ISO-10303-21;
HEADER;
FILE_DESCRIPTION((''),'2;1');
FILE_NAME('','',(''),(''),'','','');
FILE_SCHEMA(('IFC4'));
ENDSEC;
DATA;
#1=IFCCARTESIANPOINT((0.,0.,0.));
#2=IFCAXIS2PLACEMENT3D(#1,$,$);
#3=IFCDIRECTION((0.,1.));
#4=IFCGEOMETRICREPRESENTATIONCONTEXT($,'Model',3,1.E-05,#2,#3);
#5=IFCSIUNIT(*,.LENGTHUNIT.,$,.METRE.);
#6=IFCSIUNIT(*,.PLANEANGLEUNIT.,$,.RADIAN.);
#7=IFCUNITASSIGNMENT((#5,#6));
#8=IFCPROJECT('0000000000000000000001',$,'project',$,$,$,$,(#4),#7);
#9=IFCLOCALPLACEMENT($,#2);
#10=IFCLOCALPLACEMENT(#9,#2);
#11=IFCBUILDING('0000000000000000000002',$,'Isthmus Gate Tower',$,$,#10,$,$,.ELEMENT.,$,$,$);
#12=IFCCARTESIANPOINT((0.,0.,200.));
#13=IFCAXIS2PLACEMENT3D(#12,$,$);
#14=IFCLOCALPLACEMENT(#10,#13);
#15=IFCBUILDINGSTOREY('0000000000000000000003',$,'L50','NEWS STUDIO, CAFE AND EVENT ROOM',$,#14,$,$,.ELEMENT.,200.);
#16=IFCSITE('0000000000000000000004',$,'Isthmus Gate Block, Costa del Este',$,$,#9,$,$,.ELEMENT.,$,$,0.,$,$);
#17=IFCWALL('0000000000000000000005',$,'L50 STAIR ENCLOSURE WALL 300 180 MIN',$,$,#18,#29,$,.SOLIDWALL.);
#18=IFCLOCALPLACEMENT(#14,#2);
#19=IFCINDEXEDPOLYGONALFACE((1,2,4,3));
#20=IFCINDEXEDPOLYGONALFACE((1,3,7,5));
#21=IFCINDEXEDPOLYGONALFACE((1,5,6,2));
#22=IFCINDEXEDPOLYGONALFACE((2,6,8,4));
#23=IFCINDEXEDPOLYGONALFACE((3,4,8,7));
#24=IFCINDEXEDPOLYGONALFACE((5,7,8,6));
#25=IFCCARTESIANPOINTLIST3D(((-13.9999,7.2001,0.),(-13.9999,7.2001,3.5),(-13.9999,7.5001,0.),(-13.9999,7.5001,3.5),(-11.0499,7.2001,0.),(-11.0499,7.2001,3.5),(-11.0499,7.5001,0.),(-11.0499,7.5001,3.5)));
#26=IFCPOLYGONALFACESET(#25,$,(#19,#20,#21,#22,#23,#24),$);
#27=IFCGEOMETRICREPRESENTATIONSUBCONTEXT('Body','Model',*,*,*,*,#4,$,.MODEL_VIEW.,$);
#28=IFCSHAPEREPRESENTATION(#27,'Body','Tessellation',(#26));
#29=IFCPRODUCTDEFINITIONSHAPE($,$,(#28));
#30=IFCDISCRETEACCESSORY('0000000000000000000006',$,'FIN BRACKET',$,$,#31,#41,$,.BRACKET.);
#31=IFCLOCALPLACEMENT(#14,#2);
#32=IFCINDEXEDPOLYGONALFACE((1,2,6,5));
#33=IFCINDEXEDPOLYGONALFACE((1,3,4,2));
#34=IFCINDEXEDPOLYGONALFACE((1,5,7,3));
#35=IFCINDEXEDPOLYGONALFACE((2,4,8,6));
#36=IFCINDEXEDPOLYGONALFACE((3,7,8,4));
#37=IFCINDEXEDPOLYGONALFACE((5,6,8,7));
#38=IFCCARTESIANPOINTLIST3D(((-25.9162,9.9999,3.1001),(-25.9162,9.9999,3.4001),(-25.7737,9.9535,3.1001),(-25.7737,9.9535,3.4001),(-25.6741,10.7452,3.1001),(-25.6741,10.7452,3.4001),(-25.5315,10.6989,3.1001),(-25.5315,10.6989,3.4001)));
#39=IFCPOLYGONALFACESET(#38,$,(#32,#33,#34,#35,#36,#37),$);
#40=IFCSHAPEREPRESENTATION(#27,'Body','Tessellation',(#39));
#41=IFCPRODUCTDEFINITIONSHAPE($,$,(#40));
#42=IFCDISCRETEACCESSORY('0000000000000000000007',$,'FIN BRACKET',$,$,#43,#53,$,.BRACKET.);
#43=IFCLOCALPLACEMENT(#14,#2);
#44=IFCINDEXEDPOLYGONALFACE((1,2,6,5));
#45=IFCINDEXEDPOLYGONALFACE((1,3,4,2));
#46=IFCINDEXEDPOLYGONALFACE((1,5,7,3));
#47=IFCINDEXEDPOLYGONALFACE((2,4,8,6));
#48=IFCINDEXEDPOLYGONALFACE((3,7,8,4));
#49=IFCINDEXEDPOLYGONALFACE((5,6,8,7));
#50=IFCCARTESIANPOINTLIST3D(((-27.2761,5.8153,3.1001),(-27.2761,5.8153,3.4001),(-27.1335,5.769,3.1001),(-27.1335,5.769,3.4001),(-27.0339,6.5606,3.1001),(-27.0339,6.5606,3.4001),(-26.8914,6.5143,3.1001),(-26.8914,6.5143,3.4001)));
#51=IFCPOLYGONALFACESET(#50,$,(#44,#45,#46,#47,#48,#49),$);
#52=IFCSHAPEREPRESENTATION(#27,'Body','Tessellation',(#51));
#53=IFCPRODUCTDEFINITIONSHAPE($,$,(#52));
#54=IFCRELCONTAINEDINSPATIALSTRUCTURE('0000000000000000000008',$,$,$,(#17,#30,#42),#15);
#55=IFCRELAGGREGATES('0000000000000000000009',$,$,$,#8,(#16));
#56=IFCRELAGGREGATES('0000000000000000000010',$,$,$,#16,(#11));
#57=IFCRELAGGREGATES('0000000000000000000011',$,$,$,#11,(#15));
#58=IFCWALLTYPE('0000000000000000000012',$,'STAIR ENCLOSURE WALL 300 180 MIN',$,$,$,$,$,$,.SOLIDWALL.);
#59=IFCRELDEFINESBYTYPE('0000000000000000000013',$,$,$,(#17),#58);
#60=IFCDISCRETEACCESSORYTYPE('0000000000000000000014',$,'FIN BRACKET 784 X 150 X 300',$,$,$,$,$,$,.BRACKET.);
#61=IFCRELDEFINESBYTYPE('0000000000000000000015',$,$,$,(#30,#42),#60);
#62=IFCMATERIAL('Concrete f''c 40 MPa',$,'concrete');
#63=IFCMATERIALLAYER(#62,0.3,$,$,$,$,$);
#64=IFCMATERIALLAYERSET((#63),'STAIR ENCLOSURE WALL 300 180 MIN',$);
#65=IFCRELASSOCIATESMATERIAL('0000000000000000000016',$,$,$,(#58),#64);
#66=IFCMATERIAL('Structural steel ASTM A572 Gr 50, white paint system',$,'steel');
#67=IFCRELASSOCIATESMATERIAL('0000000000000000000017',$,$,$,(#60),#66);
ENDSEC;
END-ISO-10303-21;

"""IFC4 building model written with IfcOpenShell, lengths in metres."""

from ifc_helpers import new_model, si_unit, direction, frame, frame_2d, origin, origin_2d, place, context, subcontext, project, spatial, rectangle, extrude, material, layer, layer_set, type_object, element, save


model = new_model("IFC4")

# Units and contexts
model_context = context("Model", 3, precision=1e-05, world=origin(), true_north=direction((0.0, 1.0)))
body_context = subcontext(model_context, "Body", "Model", "MODEL_VIEW")
ifc_project = project(units=[si_unit("LENGTHUNIT", "METRE"), si_unit("PLANEANGLEUNIT", "RADIAN")], contexts=[model_context])

# Site, building, storey
site_placement = place(None, origin())
site = spatial("IfcSite", under=ifc_project, at=site_placement, Name="Isthmus Gate Block, Costa del Este", CompositionType="ELEMENT", RefElevation=0.0)
building_placement = place(site_placement, origin())
building = spatial("IfcBuilding", under=site, at=building_placement, Name="Isthmus Gate Tower", CompositionType="ELEMENT")
storey_placement = place(building_placement, frame((0.0, 0.0, 200.0)))
storey = spatial("IfcBuildingStorey", under=building, at=storey_placement, Name="L50", Description="NEWS STUDIO, CAFE AND EVENT ROOM", CompositionType="ELEMENT", Elevation=200.0)

# Wall
ifc_material_1 = material(Name="Concrete f'c 40 MPa", Category="concrete")
ifc_layer_1 = layer(ifc_material_1, 0.3)
ifc_layer_set_1 = layer_set([ifc_layer_1], Name="STAIR ENCLOSURE WALL 300 180 MIN")
wall_type_1 = type_object("IfcWallType", Name="STAIR ENCLOSURE WALL 300 180 MIN", PredefinedType="SOLIDWALL", material=ifc_layer_set_1)
wall_1_placement = place(storey_placement, frame((-14.0, 7.3501, 0.0), z_axis=(0.0, 0.0, 1.0), x_axis=(1.0, 0.0, 0.0)))
element("IfcWall", 1, at=wall_1_placement, inside=storey, type_object=wall_type_1, Name="L50 STAIR ENCLOSURE WALL 300 180 MIN", PredefinedType="SOLIDWALL", context=body_context, shape_type="SweptSolid", body=[
    extrude(rectangle(XDim=2.95, YDim=0.3, at=frame_2d((1.4751, 0.0))), origin(), (0.0, 0.0, 1.0), 3.5),
])

# Discrete accessories
ifc_material_2 = material(Name="Structural steel ASTM A572 Gr 50, white paint system", Category="steel")
discrete_accessory_type = type_object("IfcDiscreteAccessoryType", Name="FIN BRACKET 784 X 150 X 300", PredefinedType="BRACKET", material=ifc_material_2)
for number, where, z_axis, x_axis, name in (
    (2, (-25.7239, 10.3494, 3.1001), (0.0, 0.0, 1.0), (-0.951057, 0.309017, 0.0), "FIN BRACKET"),
    (3, (-27.0837, 6.1648, 3.1001), (0.0, 0.0, 1.0), (-0.951057, 0.309017, 0.0), "FIN BRACKET"),
):
    element("IfcDiscreteAccessory", number, at=place(storey_placement, frame(where, z_axis=z_axis, x_axis=x_axis)), inside=storey, type_object=discrete_accessory_type, Name=name, PredefinedType="BRACKET", context=body_context, shape_type="SweptSolid", body=[
        extrude(rectangle(XDim=0.1499, YDim=0.7837, at=origin_2d()), origin(), (0.0, 0.0, 1.0), 0.3),
    ])

save(model, "model.ifc")
